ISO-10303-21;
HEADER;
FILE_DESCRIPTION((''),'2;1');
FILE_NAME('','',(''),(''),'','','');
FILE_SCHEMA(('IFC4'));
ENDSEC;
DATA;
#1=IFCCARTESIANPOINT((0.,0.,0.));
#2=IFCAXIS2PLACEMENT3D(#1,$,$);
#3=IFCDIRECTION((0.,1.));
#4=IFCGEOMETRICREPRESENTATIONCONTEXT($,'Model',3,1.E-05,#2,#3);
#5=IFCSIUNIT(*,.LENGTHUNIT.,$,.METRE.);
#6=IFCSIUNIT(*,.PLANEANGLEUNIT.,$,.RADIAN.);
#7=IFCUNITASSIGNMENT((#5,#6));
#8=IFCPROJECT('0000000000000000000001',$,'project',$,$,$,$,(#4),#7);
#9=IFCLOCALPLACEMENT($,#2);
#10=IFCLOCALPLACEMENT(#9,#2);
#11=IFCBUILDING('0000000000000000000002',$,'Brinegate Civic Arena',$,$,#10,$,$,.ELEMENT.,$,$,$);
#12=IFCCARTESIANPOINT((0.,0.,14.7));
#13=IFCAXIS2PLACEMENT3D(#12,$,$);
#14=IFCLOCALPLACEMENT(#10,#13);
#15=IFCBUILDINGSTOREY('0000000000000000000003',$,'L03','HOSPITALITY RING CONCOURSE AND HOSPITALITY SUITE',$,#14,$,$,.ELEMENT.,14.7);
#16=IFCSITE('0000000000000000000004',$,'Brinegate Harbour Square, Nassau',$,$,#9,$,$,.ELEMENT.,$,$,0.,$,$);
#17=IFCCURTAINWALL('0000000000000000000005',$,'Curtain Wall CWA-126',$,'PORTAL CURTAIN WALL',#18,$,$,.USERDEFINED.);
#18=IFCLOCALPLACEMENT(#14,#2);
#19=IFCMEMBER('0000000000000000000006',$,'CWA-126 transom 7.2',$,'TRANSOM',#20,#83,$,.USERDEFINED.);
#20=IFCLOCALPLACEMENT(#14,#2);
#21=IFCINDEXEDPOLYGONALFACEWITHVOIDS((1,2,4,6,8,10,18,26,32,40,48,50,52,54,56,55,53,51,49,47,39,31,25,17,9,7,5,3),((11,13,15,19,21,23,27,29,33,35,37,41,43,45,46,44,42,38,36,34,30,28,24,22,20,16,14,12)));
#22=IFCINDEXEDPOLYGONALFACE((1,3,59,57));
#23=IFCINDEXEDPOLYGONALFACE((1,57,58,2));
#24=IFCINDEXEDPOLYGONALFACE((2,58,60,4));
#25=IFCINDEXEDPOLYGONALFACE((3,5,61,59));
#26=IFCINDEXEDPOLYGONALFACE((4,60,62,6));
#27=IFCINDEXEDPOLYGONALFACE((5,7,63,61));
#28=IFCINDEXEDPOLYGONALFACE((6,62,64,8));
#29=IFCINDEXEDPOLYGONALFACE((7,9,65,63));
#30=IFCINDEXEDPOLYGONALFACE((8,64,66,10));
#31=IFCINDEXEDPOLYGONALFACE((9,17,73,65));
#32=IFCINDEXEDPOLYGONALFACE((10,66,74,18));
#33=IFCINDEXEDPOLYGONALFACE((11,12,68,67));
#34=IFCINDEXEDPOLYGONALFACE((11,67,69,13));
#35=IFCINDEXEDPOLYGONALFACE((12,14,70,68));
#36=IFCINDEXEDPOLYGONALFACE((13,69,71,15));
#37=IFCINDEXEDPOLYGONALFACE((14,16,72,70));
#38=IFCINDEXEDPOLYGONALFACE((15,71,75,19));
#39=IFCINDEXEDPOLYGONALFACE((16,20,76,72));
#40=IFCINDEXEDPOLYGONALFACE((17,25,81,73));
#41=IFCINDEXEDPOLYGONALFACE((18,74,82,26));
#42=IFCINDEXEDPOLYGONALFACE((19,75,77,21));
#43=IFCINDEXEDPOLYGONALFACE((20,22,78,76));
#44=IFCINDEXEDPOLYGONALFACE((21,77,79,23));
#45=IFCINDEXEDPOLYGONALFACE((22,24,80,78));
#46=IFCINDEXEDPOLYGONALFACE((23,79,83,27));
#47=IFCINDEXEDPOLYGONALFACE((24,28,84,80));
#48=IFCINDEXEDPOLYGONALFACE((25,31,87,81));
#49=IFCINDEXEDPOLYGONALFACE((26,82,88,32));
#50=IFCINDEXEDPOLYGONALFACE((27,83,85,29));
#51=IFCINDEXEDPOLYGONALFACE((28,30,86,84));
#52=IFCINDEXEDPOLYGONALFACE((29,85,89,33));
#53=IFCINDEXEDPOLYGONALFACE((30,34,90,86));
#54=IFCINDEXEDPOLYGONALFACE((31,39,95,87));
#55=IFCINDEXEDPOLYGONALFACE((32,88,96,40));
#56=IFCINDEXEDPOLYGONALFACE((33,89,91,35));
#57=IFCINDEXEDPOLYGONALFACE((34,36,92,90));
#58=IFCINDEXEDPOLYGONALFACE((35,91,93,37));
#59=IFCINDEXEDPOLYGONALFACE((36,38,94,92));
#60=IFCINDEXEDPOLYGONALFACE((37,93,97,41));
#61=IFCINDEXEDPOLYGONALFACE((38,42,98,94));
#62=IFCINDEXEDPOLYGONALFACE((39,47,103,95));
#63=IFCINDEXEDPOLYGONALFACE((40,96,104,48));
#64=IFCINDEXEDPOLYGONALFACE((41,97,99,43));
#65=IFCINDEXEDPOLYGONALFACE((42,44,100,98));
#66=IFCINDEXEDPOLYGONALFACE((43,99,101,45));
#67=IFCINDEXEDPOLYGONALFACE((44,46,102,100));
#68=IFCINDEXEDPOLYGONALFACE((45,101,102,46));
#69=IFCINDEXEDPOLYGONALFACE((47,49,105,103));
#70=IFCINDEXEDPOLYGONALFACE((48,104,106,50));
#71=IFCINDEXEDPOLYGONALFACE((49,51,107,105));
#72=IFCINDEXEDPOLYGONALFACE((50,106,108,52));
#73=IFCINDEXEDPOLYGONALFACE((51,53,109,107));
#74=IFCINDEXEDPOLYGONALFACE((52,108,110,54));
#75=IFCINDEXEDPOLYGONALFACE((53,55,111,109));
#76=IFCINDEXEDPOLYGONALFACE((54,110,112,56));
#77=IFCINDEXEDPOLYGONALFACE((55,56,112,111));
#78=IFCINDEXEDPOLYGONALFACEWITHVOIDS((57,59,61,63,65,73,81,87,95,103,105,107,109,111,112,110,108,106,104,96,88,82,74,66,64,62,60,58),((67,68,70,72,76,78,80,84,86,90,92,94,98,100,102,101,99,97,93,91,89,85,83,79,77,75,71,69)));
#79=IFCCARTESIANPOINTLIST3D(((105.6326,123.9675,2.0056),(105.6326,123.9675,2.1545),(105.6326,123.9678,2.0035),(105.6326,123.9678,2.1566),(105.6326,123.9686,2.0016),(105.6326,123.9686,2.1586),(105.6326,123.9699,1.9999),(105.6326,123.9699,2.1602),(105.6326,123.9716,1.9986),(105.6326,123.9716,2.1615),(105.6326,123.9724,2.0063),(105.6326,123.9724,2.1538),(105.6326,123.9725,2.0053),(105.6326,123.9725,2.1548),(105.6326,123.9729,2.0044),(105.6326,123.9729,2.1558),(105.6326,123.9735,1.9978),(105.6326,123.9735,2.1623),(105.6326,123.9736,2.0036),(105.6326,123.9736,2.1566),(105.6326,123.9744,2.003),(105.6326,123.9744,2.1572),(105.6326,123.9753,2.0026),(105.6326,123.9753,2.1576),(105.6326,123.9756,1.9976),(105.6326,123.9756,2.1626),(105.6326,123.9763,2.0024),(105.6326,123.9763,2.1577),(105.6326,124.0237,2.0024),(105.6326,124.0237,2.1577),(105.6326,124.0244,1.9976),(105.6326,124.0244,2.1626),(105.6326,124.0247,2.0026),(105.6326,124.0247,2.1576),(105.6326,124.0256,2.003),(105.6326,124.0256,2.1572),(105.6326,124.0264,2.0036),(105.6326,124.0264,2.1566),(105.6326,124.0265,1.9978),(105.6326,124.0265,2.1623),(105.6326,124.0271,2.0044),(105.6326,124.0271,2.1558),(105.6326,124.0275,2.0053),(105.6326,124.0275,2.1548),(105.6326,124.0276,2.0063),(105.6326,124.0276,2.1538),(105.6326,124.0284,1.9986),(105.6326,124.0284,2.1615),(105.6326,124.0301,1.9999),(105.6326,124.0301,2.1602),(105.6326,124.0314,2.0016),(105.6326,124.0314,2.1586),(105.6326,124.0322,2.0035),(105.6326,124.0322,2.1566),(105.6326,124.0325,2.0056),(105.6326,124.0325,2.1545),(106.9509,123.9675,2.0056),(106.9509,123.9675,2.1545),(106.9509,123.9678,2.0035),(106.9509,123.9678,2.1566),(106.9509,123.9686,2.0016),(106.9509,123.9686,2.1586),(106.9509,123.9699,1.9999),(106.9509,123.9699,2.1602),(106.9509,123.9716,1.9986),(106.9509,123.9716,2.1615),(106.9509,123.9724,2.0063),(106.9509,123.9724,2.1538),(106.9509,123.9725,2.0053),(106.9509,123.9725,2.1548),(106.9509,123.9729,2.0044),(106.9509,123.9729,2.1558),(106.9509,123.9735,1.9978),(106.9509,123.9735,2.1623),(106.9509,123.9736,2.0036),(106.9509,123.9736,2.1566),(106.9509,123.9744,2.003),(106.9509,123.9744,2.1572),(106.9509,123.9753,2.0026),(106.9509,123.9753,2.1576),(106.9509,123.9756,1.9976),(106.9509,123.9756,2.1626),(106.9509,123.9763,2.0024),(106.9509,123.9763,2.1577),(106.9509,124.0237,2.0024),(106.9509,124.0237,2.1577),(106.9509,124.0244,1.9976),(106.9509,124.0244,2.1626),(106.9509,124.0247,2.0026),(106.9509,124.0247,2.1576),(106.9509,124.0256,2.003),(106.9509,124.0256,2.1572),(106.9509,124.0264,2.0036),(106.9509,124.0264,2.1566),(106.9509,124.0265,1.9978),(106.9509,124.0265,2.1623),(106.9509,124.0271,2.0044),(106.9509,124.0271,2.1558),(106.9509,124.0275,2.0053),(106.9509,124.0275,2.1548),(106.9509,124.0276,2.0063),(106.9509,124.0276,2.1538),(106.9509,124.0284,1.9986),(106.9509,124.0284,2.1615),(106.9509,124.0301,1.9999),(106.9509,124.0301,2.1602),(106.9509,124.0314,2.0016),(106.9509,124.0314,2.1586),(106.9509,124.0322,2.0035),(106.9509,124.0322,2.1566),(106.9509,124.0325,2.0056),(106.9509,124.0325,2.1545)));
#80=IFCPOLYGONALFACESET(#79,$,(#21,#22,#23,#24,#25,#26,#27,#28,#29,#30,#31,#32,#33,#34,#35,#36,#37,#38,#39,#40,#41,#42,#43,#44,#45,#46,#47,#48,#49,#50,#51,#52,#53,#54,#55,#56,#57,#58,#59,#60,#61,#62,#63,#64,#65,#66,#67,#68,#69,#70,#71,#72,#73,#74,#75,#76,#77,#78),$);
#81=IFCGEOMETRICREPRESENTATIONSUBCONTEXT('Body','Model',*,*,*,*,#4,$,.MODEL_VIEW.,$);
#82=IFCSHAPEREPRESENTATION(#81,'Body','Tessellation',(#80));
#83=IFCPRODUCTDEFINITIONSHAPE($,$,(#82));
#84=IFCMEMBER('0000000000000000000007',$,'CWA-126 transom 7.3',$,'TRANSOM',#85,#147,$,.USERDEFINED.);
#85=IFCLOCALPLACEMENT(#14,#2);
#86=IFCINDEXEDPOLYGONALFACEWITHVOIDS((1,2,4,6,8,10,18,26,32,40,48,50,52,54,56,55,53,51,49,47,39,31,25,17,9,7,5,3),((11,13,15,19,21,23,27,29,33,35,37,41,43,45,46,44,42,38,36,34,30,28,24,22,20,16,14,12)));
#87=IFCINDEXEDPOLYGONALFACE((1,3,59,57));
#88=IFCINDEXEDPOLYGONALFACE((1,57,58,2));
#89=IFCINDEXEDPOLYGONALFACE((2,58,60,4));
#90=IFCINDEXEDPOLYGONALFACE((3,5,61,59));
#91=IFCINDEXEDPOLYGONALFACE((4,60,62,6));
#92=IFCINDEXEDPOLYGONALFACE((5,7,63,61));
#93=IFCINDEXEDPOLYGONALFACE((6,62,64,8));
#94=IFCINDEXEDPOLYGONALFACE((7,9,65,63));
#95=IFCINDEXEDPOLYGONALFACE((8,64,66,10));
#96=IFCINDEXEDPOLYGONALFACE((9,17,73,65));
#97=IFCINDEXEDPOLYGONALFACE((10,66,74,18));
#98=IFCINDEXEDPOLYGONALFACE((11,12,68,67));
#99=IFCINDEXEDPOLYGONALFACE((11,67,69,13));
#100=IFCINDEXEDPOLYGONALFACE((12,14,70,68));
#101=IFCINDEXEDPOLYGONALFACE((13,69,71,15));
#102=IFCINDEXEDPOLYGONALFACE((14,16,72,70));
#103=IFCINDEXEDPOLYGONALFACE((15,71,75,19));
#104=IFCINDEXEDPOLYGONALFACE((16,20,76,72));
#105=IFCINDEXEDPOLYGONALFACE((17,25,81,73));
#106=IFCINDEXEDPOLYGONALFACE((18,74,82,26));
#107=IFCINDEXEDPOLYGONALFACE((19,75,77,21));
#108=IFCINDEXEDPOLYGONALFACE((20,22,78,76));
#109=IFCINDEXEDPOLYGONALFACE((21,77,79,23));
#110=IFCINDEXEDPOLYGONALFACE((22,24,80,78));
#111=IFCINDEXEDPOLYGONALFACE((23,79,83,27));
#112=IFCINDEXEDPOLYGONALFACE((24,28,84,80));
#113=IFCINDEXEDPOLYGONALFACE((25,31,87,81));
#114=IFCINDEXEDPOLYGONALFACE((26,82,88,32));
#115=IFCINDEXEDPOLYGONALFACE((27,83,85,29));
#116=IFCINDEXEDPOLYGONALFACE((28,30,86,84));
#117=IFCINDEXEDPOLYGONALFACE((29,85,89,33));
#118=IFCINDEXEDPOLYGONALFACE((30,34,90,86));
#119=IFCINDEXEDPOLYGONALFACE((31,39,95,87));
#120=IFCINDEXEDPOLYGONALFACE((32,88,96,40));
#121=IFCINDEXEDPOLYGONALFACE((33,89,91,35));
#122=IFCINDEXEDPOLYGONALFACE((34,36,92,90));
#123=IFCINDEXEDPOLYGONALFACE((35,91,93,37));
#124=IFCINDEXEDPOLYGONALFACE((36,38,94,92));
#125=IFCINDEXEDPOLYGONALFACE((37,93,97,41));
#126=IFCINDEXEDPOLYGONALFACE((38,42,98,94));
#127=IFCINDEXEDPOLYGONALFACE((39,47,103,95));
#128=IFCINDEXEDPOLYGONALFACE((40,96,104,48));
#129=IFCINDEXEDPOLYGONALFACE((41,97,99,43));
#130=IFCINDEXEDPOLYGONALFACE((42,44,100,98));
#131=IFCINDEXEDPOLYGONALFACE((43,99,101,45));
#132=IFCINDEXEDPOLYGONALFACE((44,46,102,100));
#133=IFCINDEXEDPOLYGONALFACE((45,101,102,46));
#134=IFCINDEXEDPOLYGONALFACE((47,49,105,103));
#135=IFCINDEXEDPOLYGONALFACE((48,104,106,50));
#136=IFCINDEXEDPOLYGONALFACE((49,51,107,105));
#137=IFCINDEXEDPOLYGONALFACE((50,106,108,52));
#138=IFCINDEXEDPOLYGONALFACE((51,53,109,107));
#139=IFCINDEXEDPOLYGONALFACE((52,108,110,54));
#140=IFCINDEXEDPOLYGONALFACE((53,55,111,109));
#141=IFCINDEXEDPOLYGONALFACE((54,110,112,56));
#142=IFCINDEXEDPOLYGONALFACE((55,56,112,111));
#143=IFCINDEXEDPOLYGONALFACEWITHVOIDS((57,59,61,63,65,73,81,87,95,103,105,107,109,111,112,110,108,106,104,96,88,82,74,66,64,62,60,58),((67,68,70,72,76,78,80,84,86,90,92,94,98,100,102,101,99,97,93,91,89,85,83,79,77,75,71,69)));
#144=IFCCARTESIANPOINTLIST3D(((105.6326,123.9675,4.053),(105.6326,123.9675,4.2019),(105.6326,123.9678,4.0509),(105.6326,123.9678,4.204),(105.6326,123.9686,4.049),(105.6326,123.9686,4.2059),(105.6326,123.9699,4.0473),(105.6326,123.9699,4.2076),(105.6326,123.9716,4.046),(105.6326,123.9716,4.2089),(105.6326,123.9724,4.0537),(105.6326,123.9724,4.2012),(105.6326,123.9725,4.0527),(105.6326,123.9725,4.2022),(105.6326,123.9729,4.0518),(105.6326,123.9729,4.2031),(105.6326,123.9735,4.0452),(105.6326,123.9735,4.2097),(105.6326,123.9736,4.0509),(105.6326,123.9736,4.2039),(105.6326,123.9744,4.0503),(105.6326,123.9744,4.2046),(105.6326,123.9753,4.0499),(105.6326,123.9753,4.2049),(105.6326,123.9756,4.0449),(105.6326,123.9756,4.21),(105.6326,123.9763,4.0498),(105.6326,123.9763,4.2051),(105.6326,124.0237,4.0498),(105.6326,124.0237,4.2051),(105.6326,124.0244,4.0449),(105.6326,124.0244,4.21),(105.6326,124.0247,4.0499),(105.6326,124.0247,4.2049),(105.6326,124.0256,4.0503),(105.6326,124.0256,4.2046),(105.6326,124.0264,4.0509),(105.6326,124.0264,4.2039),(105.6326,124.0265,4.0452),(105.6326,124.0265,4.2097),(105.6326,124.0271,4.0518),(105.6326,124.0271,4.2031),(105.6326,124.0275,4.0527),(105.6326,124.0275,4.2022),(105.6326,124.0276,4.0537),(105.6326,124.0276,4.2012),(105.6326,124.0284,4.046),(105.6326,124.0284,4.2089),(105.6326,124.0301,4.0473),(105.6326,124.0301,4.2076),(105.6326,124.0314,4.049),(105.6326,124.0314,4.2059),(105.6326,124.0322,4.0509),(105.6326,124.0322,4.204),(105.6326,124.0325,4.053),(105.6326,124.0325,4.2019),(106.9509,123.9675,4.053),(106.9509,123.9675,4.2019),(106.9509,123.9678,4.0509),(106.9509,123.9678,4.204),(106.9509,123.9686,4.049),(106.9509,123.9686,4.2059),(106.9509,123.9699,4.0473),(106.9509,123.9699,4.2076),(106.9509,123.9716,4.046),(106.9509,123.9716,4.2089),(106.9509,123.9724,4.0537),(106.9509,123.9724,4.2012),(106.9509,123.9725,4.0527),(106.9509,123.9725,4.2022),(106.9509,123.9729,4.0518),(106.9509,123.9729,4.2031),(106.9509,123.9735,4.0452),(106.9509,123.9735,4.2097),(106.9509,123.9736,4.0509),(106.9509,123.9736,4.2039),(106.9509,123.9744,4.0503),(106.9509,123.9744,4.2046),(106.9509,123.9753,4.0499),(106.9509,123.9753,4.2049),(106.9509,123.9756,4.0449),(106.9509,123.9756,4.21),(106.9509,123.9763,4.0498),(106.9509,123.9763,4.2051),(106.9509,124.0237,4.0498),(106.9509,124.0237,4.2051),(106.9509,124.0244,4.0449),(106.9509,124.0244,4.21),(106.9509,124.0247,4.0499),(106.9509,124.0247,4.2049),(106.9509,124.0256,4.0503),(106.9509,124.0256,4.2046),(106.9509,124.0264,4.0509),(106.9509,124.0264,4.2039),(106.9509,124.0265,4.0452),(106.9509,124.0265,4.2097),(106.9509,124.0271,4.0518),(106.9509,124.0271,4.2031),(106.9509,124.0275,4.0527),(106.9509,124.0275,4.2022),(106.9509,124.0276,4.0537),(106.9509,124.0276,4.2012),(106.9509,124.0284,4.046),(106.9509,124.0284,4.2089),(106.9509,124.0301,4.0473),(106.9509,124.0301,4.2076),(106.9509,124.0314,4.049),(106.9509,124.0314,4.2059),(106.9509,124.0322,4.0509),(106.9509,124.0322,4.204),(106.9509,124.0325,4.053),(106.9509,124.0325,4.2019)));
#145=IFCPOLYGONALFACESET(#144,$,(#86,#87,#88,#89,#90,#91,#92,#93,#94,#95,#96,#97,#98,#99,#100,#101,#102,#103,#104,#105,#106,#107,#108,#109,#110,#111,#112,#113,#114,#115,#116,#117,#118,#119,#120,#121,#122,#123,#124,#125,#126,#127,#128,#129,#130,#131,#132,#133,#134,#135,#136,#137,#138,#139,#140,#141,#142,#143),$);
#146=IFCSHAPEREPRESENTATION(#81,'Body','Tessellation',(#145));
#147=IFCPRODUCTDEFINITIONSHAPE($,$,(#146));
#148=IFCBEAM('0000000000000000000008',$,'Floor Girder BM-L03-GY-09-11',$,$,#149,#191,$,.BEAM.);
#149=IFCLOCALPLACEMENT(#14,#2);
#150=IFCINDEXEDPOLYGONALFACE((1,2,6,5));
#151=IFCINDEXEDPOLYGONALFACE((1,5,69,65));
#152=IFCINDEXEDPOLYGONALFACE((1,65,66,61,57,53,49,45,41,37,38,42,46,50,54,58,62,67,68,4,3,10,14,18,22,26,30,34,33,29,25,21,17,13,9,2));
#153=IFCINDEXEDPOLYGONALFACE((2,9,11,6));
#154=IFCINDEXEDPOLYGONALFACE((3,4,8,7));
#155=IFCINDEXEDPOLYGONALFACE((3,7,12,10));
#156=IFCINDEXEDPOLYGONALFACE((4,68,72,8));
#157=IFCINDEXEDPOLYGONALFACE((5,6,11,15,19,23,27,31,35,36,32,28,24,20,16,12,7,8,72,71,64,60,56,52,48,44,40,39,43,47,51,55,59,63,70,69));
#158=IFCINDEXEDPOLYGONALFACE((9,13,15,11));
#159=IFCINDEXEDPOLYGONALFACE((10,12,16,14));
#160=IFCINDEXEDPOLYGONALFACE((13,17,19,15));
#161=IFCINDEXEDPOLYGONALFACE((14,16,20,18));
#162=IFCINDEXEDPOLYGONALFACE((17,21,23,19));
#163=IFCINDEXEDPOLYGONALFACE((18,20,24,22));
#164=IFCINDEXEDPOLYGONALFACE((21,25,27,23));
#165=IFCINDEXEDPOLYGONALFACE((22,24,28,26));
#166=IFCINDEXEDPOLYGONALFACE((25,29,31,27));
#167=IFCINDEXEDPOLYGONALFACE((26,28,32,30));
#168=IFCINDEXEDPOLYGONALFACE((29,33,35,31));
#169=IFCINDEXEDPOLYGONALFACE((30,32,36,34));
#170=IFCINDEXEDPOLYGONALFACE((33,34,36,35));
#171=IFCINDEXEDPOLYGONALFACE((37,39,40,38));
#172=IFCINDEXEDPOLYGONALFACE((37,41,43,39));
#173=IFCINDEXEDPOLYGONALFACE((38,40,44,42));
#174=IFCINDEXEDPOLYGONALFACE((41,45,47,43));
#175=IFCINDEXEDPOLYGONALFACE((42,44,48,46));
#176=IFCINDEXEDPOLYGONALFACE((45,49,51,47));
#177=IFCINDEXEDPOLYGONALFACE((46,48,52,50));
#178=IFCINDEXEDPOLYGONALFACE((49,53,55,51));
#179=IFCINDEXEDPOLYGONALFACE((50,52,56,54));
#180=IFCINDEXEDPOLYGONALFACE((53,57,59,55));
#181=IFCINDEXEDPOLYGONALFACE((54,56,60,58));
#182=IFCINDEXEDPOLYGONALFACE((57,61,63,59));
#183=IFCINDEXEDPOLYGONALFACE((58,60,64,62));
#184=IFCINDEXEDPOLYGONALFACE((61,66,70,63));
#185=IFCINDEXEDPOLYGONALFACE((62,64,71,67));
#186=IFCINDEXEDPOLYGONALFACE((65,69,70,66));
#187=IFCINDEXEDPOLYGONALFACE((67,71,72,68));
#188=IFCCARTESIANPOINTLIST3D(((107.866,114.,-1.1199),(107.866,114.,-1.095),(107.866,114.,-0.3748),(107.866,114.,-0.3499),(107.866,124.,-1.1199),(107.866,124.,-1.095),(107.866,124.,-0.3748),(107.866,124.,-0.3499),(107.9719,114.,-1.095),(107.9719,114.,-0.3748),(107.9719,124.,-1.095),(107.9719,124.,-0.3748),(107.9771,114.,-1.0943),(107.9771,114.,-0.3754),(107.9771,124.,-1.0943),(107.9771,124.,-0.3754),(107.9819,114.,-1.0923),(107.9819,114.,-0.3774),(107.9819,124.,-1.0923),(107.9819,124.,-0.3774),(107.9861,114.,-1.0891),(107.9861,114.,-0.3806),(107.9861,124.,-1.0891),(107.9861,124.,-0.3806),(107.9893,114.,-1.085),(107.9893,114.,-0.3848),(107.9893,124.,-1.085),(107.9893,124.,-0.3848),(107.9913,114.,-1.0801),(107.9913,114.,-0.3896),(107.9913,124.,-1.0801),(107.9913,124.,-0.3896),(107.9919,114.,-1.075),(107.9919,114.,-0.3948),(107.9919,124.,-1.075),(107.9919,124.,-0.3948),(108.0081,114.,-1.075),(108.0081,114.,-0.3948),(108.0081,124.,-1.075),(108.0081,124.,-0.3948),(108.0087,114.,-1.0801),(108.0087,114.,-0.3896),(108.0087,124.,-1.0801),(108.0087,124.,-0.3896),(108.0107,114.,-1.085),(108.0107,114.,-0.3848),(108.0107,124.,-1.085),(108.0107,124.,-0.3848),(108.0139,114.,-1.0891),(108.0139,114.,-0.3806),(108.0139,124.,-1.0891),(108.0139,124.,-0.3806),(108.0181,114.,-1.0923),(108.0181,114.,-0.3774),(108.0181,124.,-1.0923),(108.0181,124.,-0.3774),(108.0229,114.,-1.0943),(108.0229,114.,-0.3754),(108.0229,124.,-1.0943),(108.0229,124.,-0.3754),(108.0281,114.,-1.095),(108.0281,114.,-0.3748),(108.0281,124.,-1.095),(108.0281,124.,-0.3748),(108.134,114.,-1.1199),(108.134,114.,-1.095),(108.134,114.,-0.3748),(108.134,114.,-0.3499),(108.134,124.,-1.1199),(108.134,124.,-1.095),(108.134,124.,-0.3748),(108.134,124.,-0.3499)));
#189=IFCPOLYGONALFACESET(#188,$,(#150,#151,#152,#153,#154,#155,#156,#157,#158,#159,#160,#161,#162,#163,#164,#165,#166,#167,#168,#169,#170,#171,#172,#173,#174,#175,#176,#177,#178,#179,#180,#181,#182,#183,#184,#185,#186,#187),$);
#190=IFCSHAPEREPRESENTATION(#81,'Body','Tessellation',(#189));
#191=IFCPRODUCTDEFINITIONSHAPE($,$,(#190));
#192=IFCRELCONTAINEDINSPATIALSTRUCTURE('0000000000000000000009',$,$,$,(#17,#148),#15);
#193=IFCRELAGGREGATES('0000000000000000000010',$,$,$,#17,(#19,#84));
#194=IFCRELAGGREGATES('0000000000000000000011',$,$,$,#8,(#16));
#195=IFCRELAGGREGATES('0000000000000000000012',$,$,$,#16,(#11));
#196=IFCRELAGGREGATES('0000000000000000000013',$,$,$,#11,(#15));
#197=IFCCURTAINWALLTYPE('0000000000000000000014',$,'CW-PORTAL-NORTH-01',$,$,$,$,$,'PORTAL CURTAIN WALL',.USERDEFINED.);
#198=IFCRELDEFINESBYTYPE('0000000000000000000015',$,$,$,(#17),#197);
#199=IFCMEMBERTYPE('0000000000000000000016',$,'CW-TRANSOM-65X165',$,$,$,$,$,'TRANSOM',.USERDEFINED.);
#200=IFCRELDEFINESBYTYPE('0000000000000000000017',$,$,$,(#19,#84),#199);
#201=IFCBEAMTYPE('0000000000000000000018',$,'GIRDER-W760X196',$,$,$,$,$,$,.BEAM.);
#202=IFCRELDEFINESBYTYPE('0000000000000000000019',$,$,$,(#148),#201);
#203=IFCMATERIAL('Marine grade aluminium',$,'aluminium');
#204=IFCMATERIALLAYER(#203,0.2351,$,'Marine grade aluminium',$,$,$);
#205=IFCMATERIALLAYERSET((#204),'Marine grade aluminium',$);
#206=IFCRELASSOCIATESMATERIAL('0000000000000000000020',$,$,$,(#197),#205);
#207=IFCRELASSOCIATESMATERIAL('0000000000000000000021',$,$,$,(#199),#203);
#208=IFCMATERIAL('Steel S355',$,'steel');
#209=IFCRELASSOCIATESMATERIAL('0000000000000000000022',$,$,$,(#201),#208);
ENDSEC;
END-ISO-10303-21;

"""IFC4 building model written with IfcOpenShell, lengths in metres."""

from ifc_helpers import new_model, si_unit, direction, frame, origin, origin_2d, place, context, subcontext, project, spatial, hollow_rectangle, i_section, extrude, material, layer, layer_set, material_profile, profile_set, type_object, element, aggregate, save


model = new_model("IFC4")

# Units and contexts
model_context = context("Model", 3, precision=1e-05, world=origin(), true_north=direction((0.0, 1.0)))
body_context = subcontext(model_context, "Body", "Model", "MODEL_VIEW")
ifc_project = project(units=[si_unit("LENGTHUNIT", "METRE"), si_unit("PLANEANGLEUNIT", "RADIAN")], contexts=[model_context])

# Site, building, storey
site_placement = place(None, origin())
site = spatial("IfcSite", under=ifc_project, at=site_placement, Name="Brinegate Harbour Square, Nassau", CompositionType="ELEMENT", RefElevation=0.0)
building_placement = place(site_placement, origin())
building = spatial("IfcBuilding", under=site, at=building_placement, Name="Brinegate Civic Arena", CompositionType="ELEMENT")
storey_placement = place(building_placement, frame((0.0, 0.0, 14.7)))
storey = spatial("IfcBuildingStorey", under=building, at=storey_placement, Name="L03", Description="HOSPITALITY RING CONCOURSE AND HOSPITALITY SUITE", CompositionType="ELEMENT", Elevation=14.7)

# Curtain wall, members
ifc_material_1 = material(Name="Marine grade aluminium", Category="aluminium")
ifc_layer_1 = layer(ifc_material_1, 0.2351, Name="Marine grade aluminium")
ifc_layer_set_1 = layer_set([ifc_layer_1], Name="Marine grade aluminium")
curtain_wall_type = type_object("IfcCurtainWallType", Name="CW-PORTAL-NORTH-01", ElementType="PORTAL CURTAIN WALL", PredefinedType="USERDEFINED", material=ifc_layer_set_1)
curtain_wall_placement = place(storey_placement, origin())
curtain_wall = element("IfcCurtainWall", 1, at=curtain_wall_placement, inside=storey, type_object=curtain_wall_type, Name="Curtain Wall CWA-126", ObjectType="PORTAL CURTAIN WALL", PredefinedType="USERDEFINED")
ifc_material_profile_1 = material_profile(ifc_material_1, hollow_rectangle(XDim=0.0649, YDim=0.165, WallThickness=0.0049, InnerFilletRadius=0.0039, OuterFilletRadius=0.0081, at=origin_2d()), Name="TRN65X165")
ifc_profile_set_1 = profile_set([ifc_material_profile_1], Name="Marine grade aluminium")
member_type_1 = type_object("IfcMemberType", Name="CW-TRANSOM-65X165", ElementType="TRANSOM", PredefinedType="USERDEFINED", material=ifc_profile_set_1)
member_1_placement = place(storey_placement, frame((105.6326, 124.0, 2.0801), z_axis=(1.0, 0.0, 0.0), x_axis=(0.0, 1.0, 0.0)))
member_1 = element("IfcMember", 2, at=member_1_placement, type_object=member_type_1, Name="CWA-126 transom 7.2", ObjectType="TRANSOM", PredefinedType="USERDEFINED", context=body_context, shape_type="SweptSolid", body=[
    extrude(hollow_rectangle(XDim=0.0649, YDim=0.165, WallThickness=0.0049, InnerFilletRadius=0.0039, OuterFilletRadius=0.0081, at=origin_2d()), origin(), (0.0, 0.0, 1.0), 1.3184),
])
member_2_placement = place(storey_placement, frame((105.6326, 124.0, 4.1274), z_axis=(1.0, 0.0, 0.0), x_axis=(0.0, 1.0, 0.0)))
member_2 = element("IfcMember", 3, at=member_2_placement, type_object=member_type_1, Name="CWA-126 transom 7.3", ObjectType="TRANSOM", PredefinedType="USERDEFINED", context=body_context, shape_type="SweptSolid", body=[
    extrude(hollow_rectangle(XDim=0.0649, YDim=0.165, WallThickness=0.0049, InnerFilletRadius=0.0039, OuterFilletRadius=0.0081, at=origin_2d()), origin(), (0.0, 0.0, 1.0), 1.3184),
])

# Beam
ifc_material_2 = material(Name="Steel S355", Category="steel")
ifc_material_profile_2 = material_profile(ifc_material_2, i_section(OverallWidth=0.2681, OverallDepth=0.77, WebThickness=0.0161, FlangeThickness=0.0249, FilletRadius=0.02, at=origin_2d()), Name="W760X196")
ifc_profile_set_2 = profile_set([ifc_material_profile_2], Name="Steel S355")
beam_type_1 = type_object("IfcBeamType", Name="GIRDER-W760X196", PredefinedType="BEAM", material=ifc_profile_set_2)
beam_1_placement = place(storey_placement, frame((108.0, 114.0, -0.7349), z_axis=(0.0, 1.0, 0.0), x_axis=(-1.0, 0.0, 0.0)))
element("IfcBeam", 4, at=beam_1_placement, inside=storey, type_object=beam_type_1, Name="Floor Girder BM-L03-GY-09-11", PredefinedType="BEAM", context=body_context, shape_type="SweptSolid", body=[
    extrude(i_section(OverallWidth=0.2681, OverallDepth=0.77, WebThickness=0.0161, FlangeThickness=0.0249, FilletRadius=0.02, at=origin_2d()), origin(), (0.0, 0.0, 1.0), 10.0),
])

aggregate(curtain_wall, [member_1, member_2])

save(model, "model.ifc")
